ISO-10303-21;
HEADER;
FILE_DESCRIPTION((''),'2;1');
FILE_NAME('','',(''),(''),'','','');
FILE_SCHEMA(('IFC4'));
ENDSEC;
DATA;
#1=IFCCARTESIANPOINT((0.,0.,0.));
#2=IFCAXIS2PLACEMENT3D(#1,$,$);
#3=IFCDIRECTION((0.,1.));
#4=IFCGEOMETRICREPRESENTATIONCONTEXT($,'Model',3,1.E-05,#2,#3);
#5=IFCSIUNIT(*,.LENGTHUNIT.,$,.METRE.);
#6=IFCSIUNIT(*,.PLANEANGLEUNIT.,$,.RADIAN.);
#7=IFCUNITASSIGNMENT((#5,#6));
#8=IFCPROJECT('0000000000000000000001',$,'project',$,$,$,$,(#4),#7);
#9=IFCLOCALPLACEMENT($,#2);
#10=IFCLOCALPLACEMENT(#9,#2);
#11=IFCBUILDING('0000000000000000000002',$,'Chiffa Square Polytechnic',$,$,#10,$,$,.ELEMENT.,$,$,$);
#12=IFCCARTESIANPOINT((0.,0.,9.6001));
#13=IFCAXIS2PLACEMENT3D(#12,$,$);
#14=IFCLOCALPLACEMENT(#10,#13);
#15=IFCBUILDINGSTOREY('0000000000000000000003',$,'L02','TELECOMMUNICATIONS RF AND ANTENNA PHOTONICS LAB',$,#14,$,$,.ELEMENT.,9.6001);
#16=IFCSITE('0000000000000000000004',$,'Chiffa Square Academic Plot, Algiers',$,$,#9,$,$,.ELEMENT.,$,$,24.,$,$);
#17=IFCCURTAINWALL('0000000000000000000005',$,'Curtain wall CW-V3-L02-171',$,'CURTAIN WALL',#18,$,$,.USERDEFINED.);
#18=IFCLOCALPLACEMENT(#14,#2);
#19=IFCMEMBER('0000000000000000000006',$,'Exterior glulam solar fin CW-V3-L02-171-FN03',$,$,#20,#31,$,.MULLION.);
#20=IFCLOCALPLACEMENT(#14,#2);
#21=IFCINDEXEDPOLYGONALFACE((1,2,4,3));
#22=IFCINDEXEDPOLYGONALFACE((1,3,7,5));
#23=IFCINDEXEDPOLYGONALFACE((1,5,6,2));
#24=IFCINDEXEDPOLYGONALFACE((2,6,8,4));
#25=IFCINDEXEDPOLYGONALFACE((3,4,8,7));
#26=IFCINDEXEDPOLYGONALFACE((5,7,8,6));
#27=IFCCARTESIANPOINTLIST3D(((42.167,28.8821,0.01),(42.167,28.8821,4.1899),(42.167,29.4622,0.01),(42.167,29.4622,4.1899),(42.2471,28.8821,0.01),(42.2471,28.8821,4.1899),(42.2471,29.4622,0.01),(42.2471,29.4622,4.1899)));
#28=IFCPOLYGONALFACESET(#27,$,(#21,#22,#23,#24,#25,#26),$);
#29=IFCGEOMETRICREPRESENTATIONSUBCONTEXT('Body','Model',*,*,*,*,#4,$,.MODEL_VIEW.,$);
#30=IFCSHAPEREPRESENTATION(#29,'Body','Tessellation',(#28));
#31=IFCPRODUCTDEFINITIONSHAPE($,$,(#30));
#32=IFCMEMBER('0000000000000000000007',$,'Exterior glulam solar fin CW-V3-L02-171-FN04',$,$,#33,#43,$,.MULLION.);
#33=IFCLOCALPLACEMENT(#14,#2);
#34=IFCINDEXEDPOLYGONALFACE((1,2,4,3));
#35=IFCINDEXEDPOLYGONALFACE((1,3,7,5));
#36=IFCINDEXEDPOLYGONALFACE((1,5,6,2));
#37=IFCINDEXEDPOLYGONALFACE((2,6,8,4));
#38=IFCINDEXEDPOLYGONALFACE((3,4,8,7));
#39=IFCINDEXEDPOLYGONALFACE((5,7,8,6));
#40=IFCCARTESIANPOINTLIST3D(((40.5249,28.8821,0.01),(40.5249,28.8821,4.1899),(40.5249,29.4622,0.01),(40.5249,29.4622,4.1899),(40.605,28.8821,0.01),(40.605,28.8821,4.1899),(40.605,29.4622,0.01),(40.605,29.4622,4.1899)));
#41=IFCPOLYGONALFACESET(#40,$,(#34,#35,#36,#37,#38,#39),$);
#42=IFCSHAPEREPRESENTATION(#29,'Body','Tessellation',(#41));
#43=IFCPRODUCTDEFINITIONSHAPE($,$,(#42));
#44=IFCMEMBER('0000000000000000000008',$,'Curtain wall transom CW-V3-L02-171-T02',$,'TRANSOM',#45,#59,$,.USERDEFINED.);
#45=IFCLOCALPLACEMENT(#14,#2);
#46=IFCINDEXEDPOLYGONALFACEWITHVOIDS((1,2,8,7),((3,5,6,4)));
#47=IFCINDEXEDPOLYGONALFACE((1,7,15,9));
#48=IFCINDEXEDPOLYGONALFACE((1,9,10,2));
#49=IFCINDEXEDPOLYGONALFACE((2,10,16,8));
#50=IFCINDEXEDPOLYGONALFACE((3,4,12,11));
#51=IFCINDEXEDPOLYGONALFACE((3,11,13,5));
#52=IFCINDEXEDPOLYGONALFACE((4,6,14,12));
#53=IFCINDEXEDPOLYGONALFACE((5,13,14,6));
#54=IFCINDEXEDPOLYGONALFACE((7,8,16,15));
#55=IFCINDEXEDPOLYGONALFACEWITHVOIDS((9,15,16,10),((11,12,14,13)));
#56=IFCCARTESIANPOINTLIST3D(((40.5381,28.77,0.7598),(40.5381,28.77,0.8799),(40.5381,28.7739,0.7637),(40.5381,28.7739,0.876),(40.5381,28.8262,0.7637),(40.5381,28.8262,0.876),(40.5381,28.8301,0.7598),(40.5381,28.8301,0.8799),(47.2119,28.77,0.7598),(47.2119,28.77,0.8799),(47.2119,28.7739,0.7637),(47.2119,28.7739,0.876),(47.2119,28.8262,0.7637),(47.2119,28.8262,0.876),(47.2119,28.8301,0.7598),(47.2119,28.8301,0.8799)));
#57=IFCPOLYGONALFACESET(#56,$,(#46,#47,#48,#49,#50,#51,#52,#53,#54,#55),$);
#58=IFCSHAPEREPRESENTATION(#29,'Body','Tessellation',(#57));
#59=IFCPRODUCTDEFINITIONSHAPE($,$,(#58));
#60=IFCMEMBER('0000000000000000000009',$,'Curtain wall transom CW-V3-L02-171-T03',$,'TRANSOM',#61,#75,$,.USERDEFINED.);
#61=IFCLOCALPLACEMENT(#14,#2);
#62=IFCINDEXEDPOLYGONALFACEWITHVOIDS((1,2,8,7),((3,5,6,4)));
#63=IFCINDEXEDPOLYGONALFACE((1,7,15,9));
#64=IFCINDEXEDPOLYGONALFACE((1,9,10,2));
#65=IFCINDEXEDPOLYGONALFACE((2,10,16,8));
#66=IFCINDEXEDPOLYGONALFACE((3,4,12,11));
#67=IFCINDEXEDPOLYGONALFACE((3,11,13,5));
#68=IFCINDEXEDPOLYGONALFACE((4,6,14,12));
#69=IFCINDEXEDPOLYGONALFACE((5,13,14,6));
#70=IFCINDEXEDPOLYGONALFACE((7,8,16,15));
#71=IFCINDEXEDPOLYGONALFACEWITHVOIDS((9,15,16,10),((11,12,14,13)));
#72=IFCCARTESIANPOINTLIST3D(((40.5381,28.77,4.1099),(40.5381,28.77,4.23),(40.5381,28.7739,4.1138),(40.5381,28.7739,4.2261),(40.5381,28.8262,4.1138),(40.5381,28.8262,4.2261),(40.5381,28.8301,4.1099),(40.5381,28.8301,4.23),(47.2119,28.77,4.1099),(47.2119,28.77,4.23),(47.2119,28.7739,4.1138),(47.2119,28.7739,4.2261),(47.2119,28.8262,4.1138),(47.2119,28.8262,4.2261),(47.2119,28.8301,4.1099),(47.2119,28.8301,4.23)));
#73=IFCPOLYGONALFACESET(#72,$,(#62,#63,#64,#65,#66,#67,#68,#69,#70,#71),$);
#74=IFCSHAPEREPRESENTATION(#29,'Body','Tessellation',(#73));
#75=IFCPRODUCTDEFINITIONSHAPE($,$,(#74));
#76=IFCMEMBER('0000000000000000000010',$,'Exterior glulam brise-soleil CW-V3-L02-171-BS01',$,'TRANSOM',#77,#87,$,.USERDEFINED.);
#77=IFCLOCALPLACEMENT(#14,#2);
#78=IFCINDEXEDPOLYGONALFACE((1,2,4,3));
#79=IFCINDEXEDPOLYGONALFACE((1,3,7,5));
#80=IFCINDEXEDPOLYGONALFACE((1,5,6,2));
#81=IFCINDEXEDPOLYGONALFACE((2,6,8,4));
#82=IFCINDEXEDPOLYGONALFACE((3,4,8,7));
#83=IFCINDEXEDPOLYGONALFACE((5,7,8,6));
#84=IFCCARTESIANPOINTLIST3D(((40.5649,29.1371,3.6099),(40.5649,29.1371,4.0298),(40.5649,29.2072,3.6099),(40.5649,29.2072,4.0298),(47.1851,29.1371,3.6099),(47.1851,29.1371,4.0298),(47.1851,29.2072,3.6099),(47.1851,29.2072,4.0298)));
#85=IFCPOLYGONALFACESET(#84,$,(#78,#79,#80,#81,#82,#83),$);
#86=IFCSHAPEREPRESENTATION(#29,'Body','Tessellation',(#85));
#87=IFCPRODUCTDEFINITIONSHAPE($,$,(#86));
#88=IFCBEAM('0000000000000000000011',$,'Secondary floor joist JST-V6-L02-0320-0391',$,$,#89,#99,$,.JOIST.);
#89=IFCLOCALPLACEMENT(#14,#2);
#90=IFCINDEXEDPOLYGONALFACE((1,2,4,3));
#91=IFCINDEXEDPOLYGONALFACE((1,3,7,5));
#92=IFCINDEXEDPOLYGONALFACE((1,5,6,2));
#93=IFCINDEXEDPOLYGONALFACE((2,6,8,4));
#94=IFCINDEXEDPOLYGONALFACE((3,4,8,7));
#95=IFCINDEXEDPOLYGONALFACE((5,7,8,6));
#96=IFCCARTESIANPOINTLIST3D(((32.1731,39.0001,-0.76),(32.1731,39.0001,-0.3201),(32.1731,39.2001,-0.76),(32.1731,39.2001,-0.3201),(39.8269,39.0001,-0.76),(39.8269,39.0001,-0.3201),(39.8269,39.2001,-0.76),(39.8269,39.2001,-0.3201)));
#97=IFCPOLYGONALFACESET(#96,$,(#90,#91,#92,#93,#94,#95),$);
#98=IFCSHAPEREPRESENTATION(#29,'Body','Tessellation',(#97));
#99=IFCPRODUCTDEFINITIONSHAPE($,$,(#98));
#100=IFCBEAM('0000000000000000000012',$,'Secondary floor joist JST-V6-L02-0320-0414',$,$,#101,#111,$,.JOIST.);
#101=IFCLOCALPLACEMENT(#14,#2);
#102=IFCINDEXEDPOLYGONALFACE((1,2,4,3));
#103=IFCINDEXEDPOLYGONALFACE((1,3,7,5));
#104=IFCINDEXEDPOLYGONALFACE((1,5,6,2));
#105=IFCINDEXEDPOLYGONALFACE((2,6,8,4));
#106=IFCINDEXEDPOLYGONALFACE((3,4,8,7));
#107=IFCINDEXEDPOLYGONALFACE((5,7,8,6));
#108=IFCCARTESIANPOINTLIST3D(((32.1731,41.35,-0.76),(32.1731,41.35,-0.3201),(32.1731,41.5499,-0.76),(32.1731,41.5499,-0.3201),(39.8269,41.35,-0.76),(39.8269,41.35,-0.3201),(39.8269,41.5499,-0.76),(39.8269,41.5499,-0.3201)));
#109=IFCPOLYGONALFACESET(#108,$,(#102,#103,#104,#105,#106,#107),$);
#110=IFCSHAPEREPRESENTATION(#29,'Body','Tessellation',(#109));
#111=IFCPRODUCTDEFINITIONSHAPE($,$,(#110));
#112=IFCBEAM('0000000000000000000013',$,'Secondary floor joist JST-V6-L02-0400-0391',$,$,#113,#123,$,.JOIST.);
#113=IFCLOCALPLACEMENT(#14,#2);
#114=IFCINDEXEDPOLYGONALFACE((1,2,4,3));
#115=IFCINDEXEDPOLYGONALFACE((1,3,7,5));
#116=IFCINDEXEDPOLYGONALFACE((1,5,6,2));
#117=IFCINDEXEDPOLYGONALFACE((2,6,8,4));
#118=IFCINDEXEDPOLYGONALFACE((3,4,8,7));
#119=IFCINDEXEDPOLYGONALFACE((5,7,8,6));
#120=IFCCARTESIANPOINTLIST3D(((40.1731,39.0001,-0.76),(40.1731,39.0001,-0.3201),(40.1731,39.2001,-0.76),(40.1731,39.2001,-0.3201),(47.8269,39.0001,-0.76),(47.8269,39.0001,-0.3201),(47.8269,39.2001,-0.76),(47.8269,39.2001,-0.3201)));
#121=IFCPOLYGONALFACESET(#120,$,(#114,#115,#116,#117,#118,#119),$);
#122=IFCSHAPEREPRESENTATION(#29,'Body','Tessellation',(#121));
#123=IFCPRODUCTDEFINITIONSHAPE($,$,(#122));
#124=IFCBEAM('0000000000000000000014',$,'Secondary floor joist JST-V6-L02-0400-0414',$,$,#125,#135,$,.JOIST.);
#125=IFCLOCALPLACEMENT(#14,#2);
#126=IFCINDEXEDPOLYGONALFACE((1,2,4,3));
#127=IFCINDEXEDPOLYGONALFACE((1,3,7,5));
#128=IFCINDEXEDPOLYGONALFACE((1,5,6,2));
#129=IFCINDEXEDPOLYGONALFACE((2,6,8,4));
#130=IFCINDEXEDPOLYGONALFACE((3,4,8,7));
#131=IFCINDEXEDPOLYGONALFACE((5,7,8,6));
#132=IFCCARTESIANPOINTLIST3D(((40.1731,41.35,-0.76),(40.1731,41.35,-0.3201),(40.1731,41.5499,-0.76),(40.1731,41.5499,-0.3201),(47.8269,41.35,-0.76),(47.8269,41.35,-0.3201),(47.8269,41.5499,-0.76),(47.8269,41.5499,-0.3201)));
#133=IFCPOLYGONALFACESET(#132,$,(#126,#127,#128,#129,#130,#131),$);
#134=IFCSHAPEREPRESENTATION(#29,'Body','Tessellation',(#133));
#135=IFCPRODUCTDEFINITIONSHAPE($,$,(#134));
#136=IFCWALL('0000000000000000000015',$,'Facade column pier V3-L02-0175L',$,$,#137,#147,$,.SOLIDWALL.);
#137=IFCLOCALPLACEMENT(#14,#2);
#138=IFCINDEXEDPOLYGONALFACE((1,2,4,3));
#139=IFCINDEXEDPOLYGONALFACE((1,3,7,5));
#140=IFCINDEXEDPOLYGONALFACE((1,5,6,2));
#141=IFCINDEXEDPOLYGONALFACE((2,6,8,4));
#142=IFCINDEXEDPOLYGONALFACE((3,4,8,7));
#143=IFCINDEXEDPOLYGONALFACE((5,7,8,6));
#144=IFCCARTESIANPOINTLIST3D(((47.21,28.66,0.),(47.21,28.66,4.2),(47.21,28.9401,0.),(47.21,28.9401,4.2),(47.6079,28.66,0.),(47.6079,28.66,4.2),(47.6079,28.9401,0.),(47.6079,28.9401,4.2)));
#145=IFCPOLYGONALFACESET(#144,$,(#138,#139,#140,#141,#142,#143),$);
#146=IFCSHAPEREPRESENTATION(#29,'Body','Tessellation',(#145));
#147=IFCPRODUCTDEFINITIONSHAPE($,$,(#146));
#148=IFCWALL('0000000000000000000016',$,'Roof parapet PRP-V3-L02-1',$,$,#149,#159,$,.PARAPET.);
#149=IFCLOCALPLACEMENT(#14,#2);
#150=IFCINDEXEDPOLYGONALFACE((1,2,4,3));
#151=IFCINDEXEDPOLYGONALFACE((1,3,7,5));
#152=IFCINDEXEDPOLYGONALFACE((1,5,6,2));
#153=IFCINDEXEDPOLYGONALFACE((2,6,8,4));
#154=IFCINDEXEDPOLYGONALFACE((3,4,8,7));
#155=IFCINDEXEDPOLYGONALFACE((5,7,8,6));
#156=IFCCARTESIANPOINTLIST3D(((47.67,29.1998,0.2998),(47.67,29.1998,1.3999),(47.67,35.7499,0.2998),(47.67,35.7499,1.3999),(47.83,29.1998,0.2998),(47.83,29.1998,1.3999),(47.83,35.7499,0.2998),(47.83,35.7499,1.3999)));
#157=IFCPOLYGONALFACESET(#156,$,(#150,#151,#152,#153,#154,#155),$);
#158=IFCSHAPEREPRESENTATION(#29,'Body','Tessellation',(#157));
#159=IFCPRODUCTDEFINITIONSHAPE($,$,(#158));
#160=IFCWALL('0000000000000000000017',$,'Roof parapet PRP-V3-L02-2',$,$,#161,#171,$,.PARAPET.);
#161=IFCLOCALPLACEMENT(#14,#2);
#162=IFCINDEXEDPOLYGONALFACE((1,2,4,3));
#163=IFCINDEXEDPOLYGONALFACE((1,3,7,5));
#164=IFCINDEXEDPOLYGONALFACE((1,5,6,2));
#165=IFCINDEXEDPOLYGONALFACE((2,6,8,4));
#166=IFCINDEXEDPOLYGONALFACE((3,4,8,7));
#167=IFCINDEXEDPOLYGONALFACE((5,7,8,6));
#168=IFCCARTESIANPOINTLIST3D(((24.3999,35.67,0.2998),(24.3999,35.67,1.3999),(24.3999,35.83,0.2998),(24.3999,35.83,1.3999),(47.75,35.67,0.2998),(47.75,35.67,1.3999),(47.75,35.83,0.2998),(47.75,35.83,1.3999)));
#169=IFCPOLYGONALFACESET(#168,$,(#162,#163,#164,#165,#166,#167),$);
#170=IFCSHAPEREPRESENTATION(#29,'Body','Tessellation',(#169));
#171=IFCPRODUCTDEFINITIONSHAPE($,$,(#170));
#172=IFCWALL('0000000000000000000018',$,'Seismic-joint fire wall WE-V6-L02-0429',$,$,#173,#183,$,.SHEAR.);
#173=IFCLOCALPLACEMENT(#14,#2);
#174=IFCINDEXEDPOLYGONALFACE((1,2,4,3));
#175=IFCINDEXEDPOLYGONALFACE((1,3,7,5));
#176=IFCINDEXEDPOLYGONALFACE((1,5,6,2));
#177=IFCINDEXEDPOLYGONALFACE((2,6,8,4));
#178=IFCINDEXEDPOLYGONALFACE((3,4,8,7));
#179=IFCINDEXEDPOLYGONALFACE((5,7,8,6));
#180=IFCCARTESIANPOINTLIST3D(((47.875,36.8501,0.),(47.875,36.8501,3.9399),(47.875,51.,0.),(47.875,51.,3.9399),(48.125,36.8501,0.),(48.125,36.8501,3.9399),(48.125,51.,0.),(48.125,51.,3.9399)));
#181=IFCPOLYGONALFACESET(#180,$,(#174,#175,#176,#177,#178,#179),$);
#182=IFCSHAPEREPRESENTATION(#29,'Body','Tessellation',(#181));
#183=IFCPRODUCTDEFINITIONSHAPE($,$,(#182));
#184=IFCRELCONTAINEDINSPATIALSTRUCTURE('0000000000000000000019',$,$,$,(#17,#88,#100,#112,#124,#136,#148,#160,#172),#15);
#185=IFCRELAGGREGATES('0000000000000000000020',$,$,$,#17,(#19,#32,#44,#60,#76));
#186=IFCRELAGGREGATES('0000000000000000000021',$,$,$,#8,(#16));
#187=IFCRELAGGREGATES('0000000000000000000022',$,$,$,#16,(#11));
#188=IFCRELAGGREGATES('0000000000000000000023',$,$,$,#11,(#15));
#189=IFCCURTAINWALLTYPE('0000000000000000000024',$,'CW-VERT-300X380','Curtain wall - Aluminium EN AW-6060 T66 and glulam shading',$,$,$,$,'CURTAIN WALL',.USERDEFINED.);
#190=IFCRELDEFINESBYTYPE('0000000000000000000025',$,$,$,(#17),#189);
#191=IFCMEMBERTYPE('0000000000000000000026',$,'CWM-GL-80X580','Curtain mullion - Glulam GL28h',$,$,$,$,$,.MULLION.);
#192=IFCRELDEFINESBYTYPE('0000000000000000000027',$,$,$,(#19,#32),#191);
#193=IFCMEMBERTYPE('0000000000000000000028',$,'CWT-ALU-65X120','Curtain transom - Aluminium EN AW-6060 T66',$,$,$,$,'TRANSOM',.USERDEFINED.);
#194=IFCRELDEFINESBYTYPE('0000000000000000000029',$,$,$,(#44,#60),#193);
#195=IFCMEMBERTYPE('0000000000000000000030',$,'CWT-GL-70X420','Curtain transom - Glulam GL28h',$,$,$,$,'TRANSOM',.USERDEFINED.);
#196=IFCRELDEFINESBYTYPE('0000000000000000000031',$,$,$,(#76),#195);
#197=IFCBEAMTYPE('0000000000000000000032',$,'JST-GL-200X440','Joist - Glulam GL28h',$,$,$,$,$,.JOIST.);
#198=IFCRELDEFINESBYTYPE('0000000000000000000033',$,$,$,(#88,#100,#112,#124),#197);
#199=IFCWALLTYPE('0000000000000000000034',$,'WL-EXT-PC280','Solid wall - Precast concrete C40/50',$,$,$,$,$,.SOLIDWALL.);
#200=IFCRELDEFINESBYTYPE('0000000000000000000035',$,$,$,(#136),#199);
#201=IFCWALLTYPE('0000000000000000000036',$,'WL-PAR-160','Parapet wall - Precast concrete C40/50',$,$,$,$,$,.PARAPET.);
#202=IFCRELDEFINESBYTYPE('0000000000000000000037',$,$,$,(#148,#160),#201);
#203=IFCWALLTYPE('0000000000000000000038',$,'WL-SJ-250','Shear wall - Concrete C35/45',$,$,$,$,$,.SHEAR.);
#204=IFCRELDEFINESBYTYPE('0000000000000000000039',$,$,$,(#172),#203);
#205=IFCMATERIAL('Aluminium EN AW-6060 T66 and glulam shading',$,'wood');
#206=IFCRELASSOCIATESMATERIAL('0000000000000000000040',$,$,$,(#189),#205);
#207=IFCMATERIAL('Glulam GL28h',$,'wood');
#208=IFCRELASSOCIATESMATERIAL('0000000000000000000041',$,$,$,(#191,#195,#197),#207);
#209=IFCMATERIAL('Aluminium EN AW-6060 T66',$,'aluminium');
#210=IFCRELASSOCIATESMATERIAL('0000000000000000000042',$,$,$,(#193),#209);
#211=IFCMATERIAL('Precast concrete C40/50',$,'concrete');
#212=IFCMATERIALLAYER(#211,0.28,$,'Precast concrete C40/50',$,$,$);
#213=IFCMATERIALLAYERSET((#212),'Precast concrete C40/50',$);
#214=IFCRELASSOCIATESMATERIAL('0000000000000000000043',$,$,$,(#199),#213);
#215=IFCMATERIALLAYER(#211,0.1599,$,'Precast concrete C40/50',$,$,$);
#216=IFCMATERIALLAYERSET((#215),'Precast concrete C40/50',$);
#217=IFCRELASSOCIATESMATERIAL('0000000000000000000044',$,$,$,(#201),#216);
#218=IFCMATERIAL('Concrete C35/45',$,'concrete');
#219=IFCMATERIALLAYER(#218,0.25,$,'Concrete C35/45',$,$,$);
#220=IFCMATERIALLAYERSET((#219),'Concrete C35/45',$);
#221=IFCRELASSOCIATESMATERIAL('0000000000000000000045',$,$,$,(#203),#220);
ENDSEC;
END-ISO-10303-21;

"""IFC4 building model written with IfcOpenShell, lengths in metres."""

from ifc_helpers import new_model, si_unit, direction, frame, frame_2d, origin, origin_2d, place, context, subcontext, project, spatial, rectangle, hollow_rectangle, extrude, material, layer, layer_set, material_profile, profile_set, type_object, element, aggregate, save


model = new_model("IFC4")

# Units and contexts
model_context = context("Model", 3, precision=1e-05, world=origin(), true_north=direction((0.0, 1.0)))
body_context = subcontext(model_context, "Body", "Model", "MODEL_VIEW")
ifc_project = project(units=[si_unit("LENGTHUNIT", "METRE"), si_unit("PLANEANGLEUNIT", "RADIAN")], contexts=[model_context])

# Site, building, storey
site_placement = place(None, origin())
site = spatial("IfcSite", under=ifc_project, at=site_placement, Name="Chiffa Square Academic Plot, Algiers", CompositionType="ELEMENT", RefElevation=24.0)
building_placement = place(site_placement, origin())
building = spatial("IfcBuilding", under=site, at=building_placement, Name="Chiffa Square Polytechnic", CompositionType="ELEMENT")
storey_placement = place(building_placement, frame((0.0, 0.0, 9.6001)))
storey = spatial("IfcBuildingStorey", under=building, at=storey_placement, Name="L02", Description="TELECOMMUNICATIONS RF AND ANTENNA PHOTONICS LAB", CompositionType="ELEMENT", Elevation=9.6001)

# Shared definitions
ifc_material_1 = material(Name="Concrete C35/45", Category="concrete")

# Curtain wall, members
ifc_material_2 = material(Name="Aluminium EN AW-6060 T66 and glulam shading", Category="wood")
curtain_wall_type = type_object("IfcCurtainWallType", Name="CW-VERT-300X380", Description="Curtain wall - Aluminium EN AW-6060 T66 and glulam shading", ElementType="CURTAIN WALL", PredefinedType="USERDEFINED", material=ifc_material_2)
curtain_wall_placement = place(storey_placement, origin())
curtain_wall = element("IfcCurtainWall", 1, at=curtain_wall_placement, inside=storey, type_object=curtain_wall_type, Name="Curtain wall CW-V3-L02-171", ObjectType="CURTAIN WALL", PredefinedType="USERDEFINED")
ifc_material_3 = material(Name="Glulam GL28h", Category="wood")
ifc_material_profile_1 = material_profile(ifc_material_3, rectangle(XDim=0.0801, YDim=0.5801, at=origin_2d()), Name="GL28h 80x580")
ifc_profile_set_1 = profile_set([ifc_material_profile_1], Name="Glulam GL28h")
member_type_1 = type_object("IfcMemberType", Name="CWM-GL-80X580", Description="Curtain mullion - Glulam GL28h", PredefinedType="MULLION", material=ifc_profile_set_1)
member_1_placement = place(storey_placement, frame((42.207, 29.1721, 0.01), z_axis=(0.0, 0.0, 1.0), x_axis=(-1.0, 0.0, 0.0)))
member_1 = element("IfcMember", 2, at=member_1_placement, type_object=member_type_1, Name="Exterior glulam solar fin CW-V3-L02-171-FN03", PredefinedType="MULLION", context=body_context, shape_type="SweptSolid", body=[
    extrude(rectangle(XDim=0.0801, YDim=0.5801, at=origin_2d()), origin(), (0.0, 0.0, 1.0), 4.1799),
])
member_2_placement = place(storey_placement, frame((40.5649, 29.1721, 0.01), z_axis=(0.0, 0.0, 1.0), x_axis=(-1.0, 0.0, 0.0)))
member_2 = element("IfcMember", 3, at=member_2_placement, type_object=member_type_1, Name="Exterior glulam solar fin CW-V3-L02-171-FN04", PredefinedType="MULLION", context=body_context, shape_type="SweptSolid", body=[
    extrude(rectangle(XDim=0.0801, YDim=0.5801, at=origin_2d()), origin(), (0.0, 0.0, 1.0), 4.1799),
])
ifc_material_4 = material(Name="Aluminium EN AW-6060 T66", Category="aluminium")
ifc_material_profile_2 = material_profile(ifc_material_4, hollow_rectangle(XDim=0.0601, YDim=0.1201, WallThickness=0.0039, at=origin_2d()), Name="ALU 60x120x4")
ifc_profile_set_2 = profile_set([ifc_material_profile_2], Name="Aluminium EN AW-6060 T66")
member_type_2 = type_object("IfcMemberType", Name="CWT-ALU-65X120", Description="Curtain transom - Aluminium EN AW-6060 T66", ElementType="TRANSOM", PredefinedType="USERDEFINED", material=ifc_profile_set_2)
member_3_placement = place(storey_placement, frame((47.2119, 28.8, 0.8198), z_axis=(-1.0, 0.0, 0.0), x_axis=(0.0, -1.0, 0.0)))
member_3 = element("IfcMember", 4, at=member_3_placement, type_object=member_type_2, Name="Curtain wall transom CW-V3-L02-171-T02", ObjectType="TRANSOM", PredefinedType="USERDEFINED", context=body_context, shape_type="SweptSolid", body=[
    extrude(hollow_rectangle(XDim=0.0601, YDim=0.1201, WallThickness=0.0039, at=origin_2d()), origin(), (0.0, 0.0, 1.0), 6.6738),
])
member_4_placement = place(storey_placement, frame((47.2119, 28.8, 4.1699), z_axis=(-1.0, 0.0, 0.0), x_axis=(0.0, -1.0, 0.0)))
member_4 = element("IfcMember", 5, at=member_4_placement, type_object=member_type_2, Name="Curtain wall transom CW-V3-L02-171-T03", ObjectType="TRANSOM", PredefinedType="USERDEFINED", context=body_context, shape_type="SweptSolid", body=[
    extrude(hollow_rectangle(XDim=0.0601, YDim=0.1201, WallThickness=0.0039, at=origin_2d()), origin(), (0.0, 0.0, 1.0), 6.6738),
])
ifc_material_profile_3 = material_profile(ifc_material_3, rectangle(XDim=0.0701, YDim=0.4199, at=origin_2d()), Name="GL28h 70x420")
ifc_profile_set_3 = profile_set([ifc_material_profile_3], Name="Glulam GL28h")
member_type_3 = type_object("IfcMemberType", Name="CWT-GL-70X420", Description="Curtain transom - Glulam GL28h", ElementType="TRANSOM", PredefinedType="USERDEFINED", material=ifc_profile_set_3)
member_5_placement = place(storey_placement, frame((47.1851, 29.1721, 3.8198), z_axis=(-1.0, 0.0, 0.0), x_axis=(0.0, -1.0, 0.0)))
member_5 = element("IfcMember", 6, at=member_5_placement, type_object=member_type_3, Name="Exterior glulam brise-soleil CW-V3-L02-171-BS01", ObjectType="TRANSOM", PredefinedType="USERDEFINED", context=body_context, shape_type="SweptSolid", body=[
    extrude(rectangle(XDim=0.0701, YDim=0.4199, at=origin_2d()), origin(), (0.0, 0.0, 1.0), 6.6201),
])
aggregate(curtain_wall, [member_1, member_2, member_3, member_4, member_5])

# Beams
ifc_material_profile_4 = material_profile(ifc_material_3, rectangle(XDim=0.2, YDim=0.4399, at=origin_2d()), Name="GL28h 200x440")
ifc_profile_set_4 = profile_set([ifc_material_profile_4], Name="Glulam GL28h")
beam_type_1 = type_object("IfcBeamType", Name="JST-GL-200X440", Description="Joist - Glulam GL28h", PredefinedType="JOIST", material=ifc_profile_set_4)
for number, where, z_axis, x_axis, name in (
    (7, (32.1731, 39.1001, -0.54), (1.0, 0.0, 0.0), (0.0, 1.0, 0.0), "Secondary floor joist JST-V6-L02-0320-0391"),
    (8, (32.1731, 41.45, -0.54), (1.0, 0.0, 0.0), (0.0, 1.0, 0.0), "Secondary floor joist JST-V6-L02-0320-0414"),
    (9, (40.1731, 39.1001, -0.54), (1.0, 0.0, 0.0), (0.0, 1.0, 0.0), "Secondary floor joist JST-V6-L02-0400-0391"),
    (10, (40.1731, 41.45, -0.54), (1.0, 0.0, 0.0), (0.0, 1.0, 0.0), "Secondary floor joist JST-V6-L02-0400-0414"),
):
    element("IfcBeam", number, at=place(storey_placement, frame(where, z_axis=z_axis, x_axis=x_axis)), inside=storey, type_object=beam_type_1, Name=name, PredefinedType="JOIST", context=body_context, shape_type="SweptSolid", body=[
        extrude(rectangle(XDim=0.2, YDim=0.4399, at=origin_2d()), origin(), (0.0, 0.0, 1.0), 7.6538),
    ])

# Walls
ifc_material_5 = material(Name="Precast concrete C40/50", Category="concrete")
ifc_layer_1 = layer(ifc_material_5, 0.28, Name="Precast concrete C40/50")
ifc_layer_set_1 = layer_set([ifc_layer_1], Name="Precast concrete C40/50")
wall_type_1 = type_object("IfcWallType", Name="WL-EXT-PC280", Description="Solid wall - Precast concrete C40/50", PredefinedType="SOLIDWALL", material=ifc_layer_set_1)
wall_1_placement = place(storey_placement, frame((47.6079, 28.8, 0.0), z_axis=(0.0, 0.0, 1.0), x_axis=(-1.0, 0.0, 0.0)))
element("IfcWall", 11, at=wall_1_placement, inside=storey, type_object=wall_type_1, Name="Facade column pier V3-L02-0175L", PredefinedType="SOLIDWALL", context=body_context, shape_type="SweptSolid", body=[
    extrude(rectangle(XDim=0.3979, YDim=0.28, at=frame_2d((0.199, 0.0))), origin(), (0.0, 0.0, 1.0), 4.2),
])
ifc_layer_2 = layer(ifc_material_5, 0.1599, Name="Precast concrete C40/50")
ifc_layer_set_2 = layer_set([ifc_layer_2], Name="Precast concrete C40/50")
wall_type_2 = type_object("IfcWallType", Name="WL-PAR-160", Description="Parapet wall - Precast concrete C40/50", PredefinedType="PARAPET", material=ifc_layer_set_2)
wall_2_placement = place(storey_placement, frame((47.75, 29.2, 0.2998), z_axis=(0.0, 0.0, 1.0), x_axis=(0.0, 1.0, 0.0)))
element("IfcWall", 12, at=wall_2_placement, inside=storey, type_object=wall_type_2, Name="Roof parapet PRP-V3-L02-1", PredefinedType="PARAPET", context=body_context, shape_type="SweptSolid", body=[
    extrude(rectangle(XDim=6.55, YDim=0.1599, at=frame_2d((3.2749, 0.0))), origin(), (0.0, 0.0, 1.0), 1.1001),
])
wall_3_placement = place(storey_placement, frame((47.75, 35.75, 0.2998), z_axis=(0.0, 0.0, 1.0), x_axis=(-1.0, 0.0, 0.0)))
element("IfcWall", 13, at=wall_3_placement, inside=storey, type_object=wall_type_2, Name="Roof parapet PRP-V3-L02-2", PredefinedType="PARAPET", context=body_context, shape_type="SweptSolid", body=[
    extrude(rectangle(XDim=23.3501, YDim=0.1599, at=frame_2d((11.675, 0.0))), origin(), (0.0, 0.0, 1.0), 1.1001),
])
ifc_layer_3 = layer(ifc_material_1, 0.25, Name="Concrete C35/45")
ifc_layer_set_3 = layer_set([ifc_layer_3], Name="Concrete C35/45")
wall_type_3 = type_object("IfcWallType", Name="WL-SJ-250", Description="Shear wall - Concrete C35/45", PredefinedType="SHEAR", material=ifc_layer_set_3)
wall_4_placement = place(storey_placement, frame((48.0, 36.8501, 0.0), z_axis=(0.0, 0.0, 1.0), x_axis=(0.0, 1.0, 0.0)))
element("IfcWall", 14, at=wall_4_placement, inside=storey, type_object=wall_type_3, Name="Seismic-joint fire wall WE-V6-L02-0429", PredefinedType="SHEAR", context=body_context, shape_type="SweptSolid", body=[
    extrude(rectangle(XDim=14.1499, YDim=0.25, at=frame_2d((7.075, 0.0))), origin(), (0.0, 0.0, 1.0), 3.9399),
])

save(model, "model.ifc")
